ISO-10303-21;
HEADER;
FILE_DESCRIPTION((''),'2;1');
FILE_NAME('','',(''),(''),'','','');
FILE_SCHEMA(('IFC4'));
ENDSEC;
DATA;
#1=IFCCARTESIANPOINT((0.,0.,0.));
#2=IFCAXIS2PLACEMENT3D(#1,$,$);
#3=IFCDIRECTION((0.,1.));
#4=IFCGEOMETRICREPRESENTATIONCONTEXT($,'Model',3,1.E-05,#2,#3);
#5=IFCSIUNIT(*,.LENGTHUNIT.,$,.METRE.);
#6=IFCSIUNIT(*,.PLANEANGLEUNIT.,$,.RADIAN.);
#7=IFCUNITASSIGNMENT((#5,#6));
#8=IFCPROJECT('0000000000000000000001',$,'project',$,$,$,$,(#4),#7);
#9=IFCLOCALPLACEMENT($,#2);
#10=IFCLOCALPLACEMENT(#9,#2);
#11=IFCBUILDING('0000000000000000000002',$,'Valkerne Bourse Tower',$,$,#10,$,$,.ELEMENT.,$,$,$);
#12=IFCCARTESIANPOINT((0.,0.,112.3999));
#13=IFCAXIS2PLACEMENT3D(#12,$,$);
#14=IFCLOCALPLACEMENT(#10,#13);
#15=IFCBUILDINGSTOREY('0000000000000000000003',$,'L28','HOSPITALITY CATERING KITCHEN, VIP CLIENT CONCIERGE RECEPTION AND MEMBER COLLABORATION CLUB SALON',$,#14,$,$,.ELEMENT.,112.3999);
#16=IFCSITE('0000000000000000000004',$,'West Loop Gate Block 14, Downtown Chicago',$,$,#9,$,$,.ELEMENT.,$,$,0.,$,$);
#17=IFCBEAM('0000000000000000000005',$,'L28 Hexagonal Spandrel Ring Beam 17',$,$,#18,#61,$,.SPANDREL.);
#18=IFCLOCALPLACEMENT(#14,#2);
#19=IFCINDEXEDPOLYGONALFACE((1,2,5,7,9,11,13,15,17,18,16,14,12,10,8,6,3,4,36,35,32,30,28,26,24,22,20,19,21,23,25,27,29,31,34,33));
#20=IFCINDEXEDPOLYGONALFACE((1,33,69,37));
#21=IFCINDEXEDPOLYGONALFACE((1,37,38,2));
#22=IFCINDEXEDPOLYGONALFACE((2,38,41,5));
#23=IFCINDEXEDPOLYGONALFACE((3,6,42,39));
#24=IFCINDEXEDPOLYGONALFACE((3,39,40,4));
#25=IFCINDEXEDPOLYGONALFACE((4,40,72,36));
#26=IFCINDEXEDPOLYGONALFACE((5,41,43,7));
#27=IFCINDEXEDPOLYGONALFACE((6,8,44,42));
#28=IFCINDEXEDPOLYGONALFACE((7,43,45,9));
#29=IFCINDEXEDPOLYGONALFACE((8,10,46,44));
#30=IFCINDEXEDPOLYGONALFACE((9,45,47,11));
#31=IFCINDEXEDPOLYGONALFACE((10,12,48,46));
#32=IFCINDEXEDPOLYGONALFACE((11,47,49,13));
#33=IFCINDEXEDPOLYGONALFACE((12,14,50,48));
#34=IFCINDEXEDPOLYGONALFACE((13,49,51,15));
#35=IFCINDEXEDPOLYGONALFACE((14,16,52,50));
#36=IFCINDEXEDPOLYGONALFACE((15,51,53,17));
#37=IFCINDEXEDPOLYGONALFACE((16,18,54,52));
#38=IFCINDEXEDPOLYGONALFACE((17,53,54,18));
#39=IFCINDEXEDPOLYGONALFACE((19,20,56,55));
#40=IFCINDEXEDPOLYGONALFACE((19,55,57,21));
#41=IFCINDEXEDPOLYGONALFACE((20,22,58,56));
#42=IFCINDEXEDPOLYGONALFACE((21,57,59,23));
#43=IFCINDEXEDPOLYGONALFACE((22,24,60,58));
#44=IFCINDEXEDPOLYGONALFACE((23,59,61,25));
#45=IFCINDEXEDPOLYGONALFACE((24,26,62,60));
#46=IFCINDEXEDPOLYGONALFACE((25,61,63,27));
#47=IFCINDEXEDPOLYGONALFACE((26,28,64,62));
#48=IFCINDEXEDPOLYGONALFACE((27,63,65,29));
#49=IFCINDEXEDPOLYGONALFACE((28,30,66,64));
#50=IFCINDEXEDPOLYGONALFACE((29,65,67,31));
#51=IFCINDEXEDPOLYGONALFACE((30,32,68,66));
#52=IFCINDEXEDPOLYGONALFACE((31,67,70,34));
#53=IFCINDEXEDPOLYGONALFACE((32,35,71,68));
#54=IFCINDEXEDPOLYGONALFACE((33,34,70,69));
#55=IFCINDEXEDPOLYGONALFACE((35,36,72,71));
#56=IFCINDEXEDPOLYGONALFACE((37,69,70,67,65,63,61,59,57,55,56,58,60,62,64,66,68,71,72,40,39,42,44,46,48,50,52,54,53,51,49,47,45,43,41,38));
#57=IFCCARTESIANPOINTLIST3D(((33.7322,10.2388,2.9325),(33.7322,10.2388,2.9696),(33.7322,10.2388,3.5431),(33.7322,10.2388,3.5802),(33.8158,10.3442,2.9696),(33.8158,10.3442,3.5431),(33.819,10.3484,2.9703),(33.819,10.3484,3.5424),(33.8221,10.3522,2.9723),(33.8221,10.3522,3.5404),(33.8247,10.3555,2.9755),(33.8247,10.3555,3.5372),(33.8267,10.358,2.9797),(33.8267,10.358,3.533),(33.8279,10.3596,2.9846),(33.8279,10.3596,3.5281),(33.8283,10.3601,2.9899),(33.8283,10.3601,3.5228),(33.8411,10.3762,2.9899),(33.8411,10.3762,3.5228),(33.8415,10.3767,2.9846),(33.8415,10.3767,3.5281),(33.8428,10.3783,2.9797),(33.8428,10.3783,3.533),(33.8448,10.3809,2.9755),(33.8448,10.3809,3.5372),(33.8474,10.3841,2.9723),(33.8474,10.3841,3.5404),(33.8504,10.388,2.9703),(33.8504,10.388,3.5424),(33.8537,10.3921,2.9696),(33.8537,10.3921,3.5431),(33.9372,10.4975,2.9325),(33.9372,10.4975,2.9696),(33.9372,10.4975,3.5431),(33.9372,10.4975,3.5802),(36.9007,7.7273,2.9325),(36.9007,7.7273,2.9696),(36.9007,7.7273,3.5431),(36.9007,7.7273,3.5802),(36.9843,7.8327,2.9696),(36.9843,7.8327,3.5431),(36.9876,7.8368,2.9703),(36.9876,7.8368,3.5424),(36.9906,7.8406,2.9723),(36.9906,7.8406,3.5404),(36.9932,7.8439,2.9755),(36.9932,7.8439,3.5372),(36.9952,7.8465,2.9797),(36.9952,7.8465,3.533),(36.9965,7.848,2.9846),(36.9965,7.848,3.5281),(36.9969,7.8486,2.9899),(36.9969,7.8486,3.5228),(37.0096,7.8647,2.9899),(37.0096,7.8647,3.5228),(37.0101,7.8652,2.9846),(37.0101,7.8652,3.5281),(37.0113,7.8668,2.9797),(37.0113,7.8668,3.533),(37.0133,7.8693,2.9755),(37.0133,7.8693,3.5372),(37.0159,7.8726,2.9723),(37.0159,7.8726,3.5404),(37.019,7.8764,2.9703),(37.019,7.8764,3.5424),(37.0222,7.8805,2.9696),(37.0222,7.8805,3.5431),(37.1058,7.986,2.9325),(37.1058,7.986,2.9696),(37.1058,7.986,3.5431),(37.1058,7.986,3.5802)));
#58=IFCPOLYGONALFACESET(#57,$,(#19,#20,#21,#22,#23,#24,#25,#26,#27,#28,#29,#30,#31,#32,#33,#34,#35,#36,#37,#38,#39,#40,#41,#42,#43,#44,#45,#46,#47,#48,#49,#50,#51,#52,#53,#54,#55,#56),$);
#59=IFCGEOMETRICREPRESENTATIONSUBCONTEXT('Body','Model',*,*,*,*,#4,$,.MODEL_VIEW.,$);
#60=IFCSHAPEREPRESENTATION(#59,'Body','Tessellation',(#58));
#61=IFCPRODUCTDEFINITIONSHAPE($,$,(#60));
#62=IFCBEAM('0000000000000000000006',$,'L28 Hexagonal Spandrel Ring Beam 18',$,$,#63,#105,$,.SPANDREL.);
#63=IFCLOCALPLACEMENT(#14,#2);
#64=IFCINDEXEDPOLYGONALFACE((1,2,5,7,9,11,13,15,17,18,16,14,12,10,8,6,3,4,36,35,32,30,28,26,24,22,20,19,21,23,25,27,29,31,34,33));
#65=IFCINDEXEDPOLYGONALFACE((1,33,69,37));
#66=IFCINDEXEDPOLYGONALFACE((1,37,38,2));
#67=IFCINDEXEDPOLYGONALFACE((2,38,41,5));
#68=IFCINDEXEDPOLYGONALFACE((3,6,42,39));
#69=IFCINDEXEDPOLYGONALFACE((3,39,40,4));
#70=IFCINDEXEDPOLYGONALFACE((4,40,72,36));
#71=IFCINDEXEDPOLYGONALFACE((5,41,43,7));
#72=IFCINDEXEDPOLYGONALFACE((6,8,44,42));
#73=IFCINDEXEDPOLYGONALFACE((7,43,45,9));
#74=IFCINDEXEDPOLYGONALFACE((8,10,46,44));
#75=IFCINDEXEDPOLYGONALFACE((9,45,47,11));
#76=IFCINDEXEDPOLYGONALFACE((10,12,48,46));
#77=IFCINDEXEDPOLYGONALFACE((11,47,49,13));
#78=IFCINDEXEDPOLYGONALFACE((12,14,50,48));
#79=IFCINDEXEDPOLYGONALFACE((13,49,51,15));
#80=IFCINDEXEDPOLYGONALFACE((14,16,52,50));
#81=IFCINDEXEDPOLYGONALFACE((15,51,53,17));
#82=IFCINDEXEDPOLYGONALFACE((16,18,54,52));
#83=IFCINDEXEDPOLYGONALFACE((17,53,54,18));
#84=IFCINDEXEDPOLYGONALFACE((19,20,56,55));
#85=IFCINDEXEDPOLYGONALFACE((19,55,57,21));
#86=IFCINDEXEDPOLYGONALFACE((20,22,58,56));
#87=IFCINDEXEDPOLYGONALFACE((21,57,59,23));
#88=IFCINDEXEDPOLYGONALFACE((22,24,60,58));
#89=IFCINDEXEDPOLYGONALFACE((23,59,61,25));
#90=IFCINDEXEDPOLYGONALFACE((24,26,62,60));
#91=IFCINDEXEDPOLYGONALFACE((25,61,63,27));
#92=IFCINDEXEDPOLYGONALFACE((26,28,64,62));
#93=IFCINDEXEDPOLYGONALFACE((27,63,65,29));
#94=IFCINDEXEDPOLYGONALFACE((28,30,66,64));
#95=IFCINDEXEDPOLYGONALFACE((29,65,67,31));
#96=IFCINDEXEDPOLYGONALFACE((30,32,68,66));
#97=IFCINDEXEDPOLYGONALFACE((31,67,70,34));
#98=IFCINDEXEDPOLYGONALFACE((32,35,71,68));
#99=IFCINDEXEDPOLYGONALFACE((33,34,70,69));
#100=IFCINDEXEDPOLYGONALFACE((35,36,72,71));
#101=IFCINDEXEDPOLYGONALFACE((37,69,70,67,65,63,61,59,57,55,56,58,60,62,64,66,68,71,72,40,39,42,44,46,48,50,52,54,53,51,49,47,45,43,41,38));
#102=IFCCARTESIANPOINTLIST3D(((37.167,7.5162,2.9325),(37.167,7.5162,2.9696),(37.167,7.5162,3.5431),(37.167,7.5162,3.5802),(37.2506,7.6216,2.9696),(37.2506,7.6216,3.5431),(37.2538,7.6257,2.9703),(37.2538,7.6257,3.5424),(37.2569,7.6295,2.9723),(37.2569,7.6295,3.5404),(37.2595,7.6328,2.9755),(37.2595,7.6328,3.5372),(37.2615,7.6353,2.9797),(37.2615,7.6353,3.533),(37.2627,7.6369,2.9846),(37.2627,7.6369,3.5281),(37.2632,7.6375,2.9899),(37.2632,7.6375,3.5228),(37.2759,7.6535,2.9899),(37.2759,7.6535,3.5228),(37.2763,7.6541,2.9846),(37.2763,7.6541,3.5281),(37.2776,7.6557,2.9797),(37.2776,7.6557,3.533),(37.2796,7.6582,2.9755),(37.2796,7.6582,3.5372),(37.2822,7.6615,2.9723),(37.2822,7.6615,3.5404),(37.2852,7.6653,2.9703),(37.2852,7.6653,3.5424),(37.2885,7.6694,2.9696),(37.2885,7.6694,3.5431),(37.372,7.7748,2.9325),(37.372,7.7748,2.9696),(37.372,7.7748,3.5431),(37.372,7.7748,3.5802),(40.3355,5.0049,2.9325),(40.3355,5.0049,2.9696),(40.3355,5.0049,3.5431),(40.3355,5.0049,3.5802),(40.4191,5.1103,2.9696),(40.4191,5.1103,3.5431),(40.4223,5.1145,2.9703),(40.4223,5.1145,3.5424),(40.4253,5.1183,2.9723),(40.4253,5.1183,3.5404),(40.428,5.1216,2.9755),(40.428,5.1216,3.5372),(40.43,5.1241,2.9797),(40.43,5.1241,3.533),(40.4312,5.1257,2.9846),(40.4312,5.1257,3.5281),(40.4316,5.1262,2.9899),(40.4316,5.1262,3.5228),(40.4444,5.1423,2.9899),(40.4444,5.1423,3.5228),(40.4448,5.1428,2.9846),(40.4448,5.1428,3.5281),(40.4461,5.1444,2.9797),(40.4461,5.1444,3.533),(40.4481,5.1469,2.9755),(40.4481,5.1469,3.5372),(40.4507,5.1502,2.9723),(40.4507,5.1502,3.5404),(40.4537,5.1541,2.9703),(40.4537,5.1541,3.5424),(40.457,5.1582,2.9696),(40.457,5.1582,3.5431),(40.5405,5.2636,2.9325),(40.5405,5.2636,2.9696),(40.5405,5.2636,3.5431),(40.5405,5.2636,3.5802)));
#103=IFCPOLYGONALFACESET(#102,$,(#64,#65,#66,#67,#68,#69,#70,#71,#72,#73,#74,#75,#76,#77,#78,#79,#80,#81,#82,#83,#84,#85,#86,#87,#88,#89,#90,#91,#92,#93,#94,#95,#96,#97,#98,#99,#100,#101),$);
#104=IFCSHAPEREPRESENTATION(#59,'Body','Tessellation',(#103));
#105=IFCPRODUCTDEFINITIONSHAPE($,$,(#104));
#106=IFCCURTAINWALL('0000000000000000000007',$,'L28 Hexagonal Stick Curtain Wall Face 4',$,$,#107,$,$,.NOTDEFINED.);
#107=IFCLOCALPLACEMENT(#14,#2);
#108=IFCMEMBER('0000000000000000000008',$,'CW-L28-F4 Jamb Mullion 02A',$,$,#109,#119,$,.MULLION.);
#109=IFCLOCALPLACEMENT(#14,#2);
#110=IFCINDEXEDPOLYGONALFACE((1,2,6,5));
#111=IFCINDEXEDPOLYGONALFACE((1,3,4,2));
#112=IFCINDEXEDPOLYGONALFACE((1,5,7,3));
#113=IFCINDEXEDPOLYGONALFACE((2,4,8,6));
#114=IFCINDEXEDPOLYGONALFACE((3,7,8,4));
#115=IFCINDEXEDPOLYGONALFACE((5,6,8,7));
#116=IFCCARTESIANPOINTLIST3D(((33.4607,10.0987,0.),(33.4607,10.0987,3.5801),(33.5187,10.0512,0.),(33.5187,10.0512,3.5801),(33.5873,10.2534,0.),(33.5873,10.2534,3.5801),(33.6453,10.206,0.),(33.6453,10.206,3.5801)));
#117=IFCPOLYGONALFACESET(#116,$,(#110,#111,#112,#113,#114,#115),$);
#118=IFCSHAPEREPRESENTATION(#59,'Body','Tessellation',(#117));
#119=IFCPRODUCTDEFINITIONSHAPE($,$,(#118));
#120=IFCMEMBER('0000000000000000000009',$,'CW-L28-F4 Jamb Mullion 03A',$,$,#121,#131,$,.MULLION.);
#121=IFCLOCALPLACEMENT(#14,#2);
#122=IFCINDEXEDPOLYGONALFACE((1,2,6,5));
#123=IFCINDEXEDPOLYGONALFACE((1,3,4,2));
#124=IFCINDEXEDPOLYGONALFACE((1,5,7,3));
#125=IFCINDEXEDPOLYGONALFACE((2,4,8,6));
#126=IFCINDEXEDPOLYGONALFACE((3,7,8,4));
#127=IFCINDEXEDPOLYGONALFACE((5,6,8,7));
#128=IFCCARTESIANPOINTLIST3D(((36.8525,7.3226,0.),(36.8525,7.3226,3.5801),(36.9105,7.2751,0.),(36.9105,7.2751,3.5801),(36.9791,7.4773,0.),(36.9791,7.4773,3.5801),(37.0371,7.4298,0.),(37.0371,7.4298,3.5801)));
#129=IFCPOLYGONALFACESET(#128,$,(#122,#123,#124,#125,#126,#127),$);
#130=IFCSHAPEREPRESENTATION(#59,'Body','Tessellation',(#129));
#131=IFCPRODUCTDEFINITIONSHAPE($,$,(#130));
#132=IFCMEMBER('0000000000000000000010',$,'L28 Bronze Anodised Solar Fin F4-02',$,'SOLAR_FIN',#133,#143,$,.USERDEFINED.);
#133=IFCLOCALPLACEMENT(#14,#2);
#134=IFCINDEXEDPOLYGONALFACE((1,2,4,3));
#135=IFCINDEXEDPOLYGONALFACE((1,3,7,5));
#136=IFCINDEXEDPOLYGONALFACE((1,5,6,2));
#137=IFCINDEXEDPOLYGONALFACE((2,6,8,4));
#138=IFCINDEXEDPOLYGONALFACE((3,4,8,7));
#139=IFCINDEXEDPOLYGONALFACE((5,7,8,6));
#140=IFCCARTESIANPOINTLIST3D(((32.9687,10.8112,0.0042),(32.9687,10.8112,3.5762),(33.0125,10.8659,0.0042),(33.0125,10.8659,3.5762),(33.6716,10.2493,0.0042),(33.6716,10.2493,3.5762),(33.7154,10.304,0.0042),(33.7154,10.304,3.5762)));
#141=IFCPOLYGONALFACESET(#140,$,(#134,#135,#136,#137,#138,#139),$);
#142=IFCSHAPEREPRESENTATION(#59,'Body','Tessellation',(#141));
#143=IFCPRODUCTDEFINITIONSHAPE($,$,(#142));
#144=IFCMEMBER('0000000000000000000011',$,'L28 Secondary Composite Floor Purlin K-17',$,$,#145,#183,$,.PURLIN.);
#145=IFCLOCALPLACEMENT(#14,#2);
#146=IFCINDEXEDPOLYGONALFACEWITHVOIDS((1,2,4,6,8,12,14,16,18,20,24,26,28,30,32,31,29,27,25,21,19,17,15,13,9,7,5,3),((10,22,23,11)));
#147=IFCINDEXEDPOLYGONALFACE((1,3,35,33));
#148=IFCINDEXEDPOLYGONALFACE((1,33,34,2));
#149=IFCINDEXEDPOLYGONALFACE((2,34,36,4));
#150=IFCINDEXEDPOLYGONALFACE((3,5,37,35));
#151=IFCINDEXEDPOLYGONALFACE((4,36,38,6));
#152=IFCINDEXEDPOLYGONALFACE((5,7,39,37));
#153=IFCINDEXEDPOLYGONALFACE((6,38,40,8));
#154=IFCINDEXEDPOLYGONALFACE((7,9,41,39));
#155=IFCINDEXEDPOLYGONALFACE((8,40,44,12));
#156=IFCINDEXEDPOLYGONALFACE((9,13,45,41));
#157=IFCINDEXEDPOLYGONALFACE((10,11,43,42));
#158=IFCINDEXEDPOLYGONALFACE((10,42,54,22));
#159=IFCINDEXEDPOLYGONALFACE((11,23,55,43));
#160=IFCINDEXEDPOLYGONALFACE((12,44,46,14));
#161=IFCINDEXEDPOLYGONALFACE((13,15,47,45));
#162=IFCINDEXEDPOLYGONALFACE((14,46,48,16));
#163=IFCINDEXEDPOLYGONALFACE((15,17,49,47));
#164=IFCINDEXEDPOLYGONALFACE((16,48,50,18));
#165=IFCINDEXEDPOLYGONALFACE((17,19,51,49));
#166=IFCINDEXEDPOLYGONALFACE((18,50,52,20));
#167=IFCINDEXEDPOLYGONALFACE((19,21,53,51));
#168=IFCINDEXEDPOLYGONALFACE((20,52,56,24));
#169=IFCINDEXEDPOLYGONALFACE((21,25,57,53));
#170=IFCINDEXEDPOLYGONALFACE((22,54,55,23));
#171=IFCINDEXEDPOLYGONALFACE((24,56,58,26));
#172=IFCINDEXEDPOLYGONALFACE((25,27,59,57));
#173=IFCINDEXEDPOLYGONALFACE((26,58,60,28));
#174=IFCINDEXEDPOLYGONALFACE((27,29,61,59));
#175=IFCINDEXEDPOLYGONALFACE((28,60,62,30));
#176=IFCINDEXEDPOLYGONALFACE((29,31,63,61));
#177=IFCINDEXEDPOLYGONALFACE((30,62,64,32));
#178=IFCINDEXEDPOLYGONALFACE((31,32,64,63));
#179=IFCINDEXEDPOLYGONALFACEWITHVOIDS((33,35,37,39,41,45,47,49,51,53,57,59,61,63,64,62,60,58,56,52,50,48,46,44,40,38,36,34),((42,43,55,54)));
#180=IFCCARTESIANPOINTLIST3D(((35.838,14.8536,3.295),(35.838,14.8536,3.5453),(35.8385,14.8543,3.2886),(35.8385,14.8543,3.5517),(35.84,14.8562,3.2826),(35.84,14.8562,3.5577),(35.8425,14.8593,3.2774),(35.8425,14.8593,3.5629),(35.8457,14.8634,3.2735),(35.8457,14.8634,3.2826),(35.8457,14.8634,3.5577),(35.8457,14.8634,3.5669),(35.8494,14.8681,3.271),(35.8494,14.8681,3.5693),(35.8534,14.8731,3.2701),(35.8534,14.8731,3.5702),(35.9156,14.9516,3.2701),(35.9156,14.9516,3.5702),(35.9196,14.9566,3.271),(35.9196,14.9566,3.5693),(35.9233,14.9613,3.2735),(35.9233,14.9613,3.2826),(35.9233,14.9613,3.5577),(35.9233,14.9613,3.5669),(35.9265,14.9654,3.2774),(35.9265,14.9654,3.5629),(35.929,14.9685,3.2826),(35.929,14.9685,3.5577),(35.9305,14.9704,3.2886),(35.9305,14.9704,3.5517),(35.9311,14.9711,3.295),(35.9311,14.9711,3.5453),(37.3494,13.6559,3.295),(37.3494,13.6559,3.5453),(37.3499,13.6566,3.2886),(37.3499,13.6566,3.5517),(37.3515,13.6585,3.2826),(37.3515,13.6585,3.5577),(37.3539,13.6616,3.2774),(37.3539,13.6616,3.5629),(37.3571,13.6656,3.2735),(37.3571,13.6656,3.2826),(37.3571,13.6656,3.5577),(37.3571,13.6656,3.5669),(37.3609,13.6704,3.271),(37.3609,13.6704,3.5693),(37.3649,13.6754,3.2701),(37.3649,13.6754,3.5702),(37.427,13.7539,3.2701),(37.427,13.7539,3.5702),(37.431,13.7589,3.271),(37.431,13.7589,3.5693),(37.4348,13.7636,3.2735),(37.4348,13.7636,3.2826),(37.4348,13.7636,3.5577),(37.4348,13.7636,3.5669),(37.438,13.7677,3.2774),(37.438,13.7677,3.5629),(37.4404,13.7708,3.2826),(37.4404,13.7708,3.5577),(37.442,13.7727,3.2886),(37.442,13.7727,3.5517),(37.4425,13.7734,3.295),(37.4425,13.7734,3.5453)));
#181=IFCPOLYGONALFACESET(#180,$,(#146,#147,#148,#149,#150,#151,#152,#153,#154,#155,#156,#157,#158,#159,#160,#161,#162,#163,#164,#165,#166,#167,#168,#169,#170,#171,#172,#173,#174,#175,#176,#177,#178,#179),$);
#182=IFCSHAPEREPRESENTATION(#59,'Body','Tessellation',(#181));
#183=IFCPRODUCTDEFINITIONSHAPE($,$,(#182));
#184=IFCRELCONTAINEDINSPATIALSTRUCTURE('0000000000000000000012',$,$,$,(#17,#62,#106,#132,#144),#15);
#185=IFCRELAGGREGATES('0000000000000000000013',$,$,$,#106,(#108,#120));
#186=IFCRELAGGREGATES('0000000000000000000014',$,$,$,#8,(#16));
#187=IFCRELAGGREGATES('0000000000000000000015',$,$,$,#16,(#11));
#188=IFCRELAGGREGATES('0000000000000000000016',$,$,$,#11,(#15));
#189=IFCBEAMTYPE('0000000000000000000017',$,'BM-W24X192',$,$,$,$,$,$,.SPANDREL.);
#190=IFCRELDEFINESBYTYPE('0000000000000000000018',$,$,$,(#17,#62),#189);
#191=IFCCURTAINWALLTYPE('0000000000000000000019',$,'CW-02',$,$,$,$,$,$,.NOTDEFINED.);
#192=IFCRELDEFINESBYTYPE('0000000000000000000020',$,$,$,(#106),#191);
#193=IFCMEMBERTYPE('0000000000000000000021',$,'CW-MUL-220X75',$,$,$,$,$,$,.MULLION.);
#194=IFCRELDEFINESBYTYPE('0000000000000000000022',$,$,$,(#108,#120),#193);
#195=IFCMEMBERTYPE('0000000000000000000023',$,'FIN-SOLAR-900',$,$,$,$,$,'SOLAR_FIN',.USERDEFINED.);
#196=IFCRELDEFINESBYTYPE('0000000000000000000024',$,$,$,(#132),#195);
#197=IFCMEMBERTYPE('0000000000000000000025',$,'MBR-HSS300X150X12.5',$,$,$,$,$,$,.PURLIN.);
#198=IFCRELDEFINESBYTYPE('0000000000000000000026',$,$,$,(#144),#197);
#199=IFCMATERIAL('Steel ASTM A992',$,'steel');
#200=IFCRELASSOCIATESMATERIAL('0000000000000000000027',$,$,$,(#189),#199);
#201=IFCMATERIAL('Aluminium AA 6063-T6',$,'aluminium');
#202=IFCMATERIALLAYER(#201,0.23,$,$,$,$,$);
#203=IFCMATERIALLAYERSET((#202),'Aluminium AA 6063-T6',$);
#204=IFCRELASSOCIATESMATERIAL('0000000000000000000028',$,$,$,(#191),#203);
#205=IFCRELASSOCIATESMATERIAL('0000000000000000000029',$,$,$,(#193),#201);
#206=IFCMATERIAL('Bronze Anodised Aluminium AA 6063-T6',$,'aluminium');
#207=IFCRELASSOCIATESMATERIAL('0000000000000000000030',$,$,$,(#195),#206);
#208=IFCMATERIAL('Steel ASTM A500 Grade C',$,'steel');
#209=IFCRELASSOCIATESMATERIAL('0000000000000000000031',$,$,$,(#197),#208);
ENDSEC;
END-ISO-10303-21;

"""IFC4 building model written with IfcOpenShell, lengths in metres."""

from ifc_helpers import new_model, si_unit, direction, frame, origin, origin_2d, place, context, subcontext, project, spatial, rectangle, hollow_rectangle, i_section, extrude, material, layer, layer_set, material_profile, profile_set, type_object, element, aggregate, save


model = new_model("IFC4")

# Units and contexts
model_context = context("Model", 3, precision=1e-05, world=origin(), true_north=direction((0.0, 1.0)))
body_context = subcontext(model_context, "Body", "Model", "MODEL_VIEW")
ifc_project = project(units=[si_unit("LENGTHUNIT", "METRE"), si_unit("PLANEANGLEUNIT", "RADIAN")], contexts=[model_context])

# Site, building, storey
site_placement = place(None, origin())
site = spatial("IfcSite", under=ifc_project, at=site_placement, Name="West Loop Gate Block 14, Downtown Chicago", CompositionType="ELEMENT", RefElevation=0.0)
building_placement = place(site_placement, origin())
building = spatial("IfcBuilding", under=site, at=building_placement, Name="Valkerne Bourse Tower", CompositionType="ELEMENT")
storey_placement = place(building_placement, frame((0.0, 0.0, 112.3999)))
storey = spatial("IfcBuildingStorey", under=building, at=storey_placement, Name="L28", Description="HOSPITALITY CATERING KITCHEN, VIP CLIENT CONCIERGE RECEPTION AND MEMBER COLLABORATION CLUB SALON", CompositionType="ELEMENT", Elevation=112.3999)

# Beams
ifc_material_1 = material(Name="Steel ASTM A992", Category="steel")
ifc_material_profile_1 = material_profile(ifc_material_1, i_section(OverallWidth=0.3301, OverallDepth=0.6477, WebThickness=0.0205, FlangeThickness=0.0371, FilletRadius=0.0203, at=origin_2d()), Name="W24X192")
ifc_profile_set_1 = profile_set([ifc_material_profile_1], Name="Steel ASTM A992")
beam_type_1 = type_object("IfcBeamType", Name="BM-W24X192", PredefinedType="SPANDREL", material=ifc_profile_set_1)
beam_1_placement = place(storey_placement, frame((33.8347, 10.3682, 3.2563), z_axis=(0.783671, -0.621176, 0.0), x_axis=(0.621176, 0.783671, 0.0)))
element("IfcBeam", 1, at=beam_1_placement, inside=storey, type_object=beam_type_1, Name="L28 Hexagonal Spandrel Ring Beam 17", PredefinedType="SPANDREL", context=body_context, shape_type="SweptSolid", body=[
    extrude(i_section(OverallWidth=0.3301, OverallDepth=0.6477, WebThickness=0.0205, FlangeThickness=0.0371, FilletRadius=0.0203, at=origin_2d()), origin(), (0.0, 0.0, 1.0), 4.0432),
])
beam_2_placement = place(storey_placement, frame((37.2695, 7.6455, 3.2563), z_axis=(0.7837, -0.621139, 0.0), x_axis=(0.621139, 0.7837, 0.0)))
element("IfcBeam", 2, at=beam_2_placement, inside=storey, type_object=beam_type_1, Name="L28 Hexagonal Spandrel Ring Beam 18", PredefinedType="SPANDREL", context=body_context, shape_type="SweptSolid", body=[
    extrude(i_section(OverallWidth=0.3301, OverallDepth=0.6477, WebThickness=0.0205, FlangeThickness=0.0371, FilletRadius=0.0203, at=origin_2d()), origin(), (0.0, 0.0, 1.0), 4.043),
])

# Curtain wall, members
ifc_material_2 = material(Name="Aluminium AA 6063-T6", Category="aluminium")
ifc_layer_1 = layer(ifc_material_2, 0.23)
ifc_layer_set_1 = layer_set([ifc_layer_1], Name="Aluminium AA 6063-T6")
curtain_wall_type = type_object("IfcCurtainWallType", Name="CW-02", PredefinedType="NOTDEFINED", material=ifc_layer_set_1)
curtain_wall_placement = place(storey_placement, origin())
curtain_wall = element("IfcCurtainWall", 3, at=curtain_wall_placement, inside=storey, type_object=curtain_wall_type, Name="L28 Hexagonal Stick Curtain Wall Face 4", PredefinedType="NOTDEFINED")
ifc_material_profile_2 = material_profile(ifc_material_2, rectangle(XDim=0.075, YDim=0.2, at=origin_2d()), Name="CWM-75X200")
ifc_profile_set_2 = profile_set([ifc_material_profile_2], Name="Aluminium AA 6063-T6")
member_type_1 = type_object("IfcMemberType", Name="CW-MUL-220X75", PredefinedType="MULLION", material=ifc_profile_set_2)
member_1_placement = place(storey_placement, frame((33.553, 10.1523, 0.0), z_axis=(0.0, 0.0, 1.0), x_axis=(0.773846, -0.633373, 0.0)))
member_1 = element("IfcMember", 4, at=member_1_placement, type_object=member_type_1, Name="CW-L28-F4 Jamb Mullion 02A", PredefinedType="MULLION", context=body_context, shape_type="SweptSolid", body=[
    extrude(rectangle(XDim=0.075, YDim=0.2, at=origin_2d()), origin(), (0.0, 0.0, 1.0), 3.5801),
])
member_2_placement = place(storey_placement, frame((36.9448, 7.3762, 0.0), z_axis=(0.0, 0.0, 1.0), x_axis=(0.773837, -0.633384, 0.0)))
member_2 = element("IfcMember", 5, at=member_2_placement, type_object=member_type_1, Name="CW-L28-F4 Jamb Mullion 03A", PredefinedType="MULLION", context=body_context, shape_type="SweptSolid", body=[
    extrude(rectangle(XDim=0.075, YDim=0.2, at=origin_2d()), origin(), (0.0, 0.0, 1.0), 3.5801),
])

# Members
ifc_material_3 = material(Name="Bronze Anodised Aluminium AA 6063-T6", Category="aluminium")
ifc_material_profile_3 = material_profile(ifc_material_3, rectangle(XDim=0.0701, YDim=0.8999, at=origin_2d()), Name="FIN-70X900")
ifc_profile_set_3 = profile_set([ifc_material_profile_3], Name="Bronze Anodised Aluminium AA 6063-T6")
member_type_2 = type_object("IfcMemberType", Name="FIN-SOLAR-900", ElementType="SOLAR_FIN", PredefinedType="USERDEFINED", material=ifc_profile_set_3)
member_3_placement = place(storey_placement, frame((33.342, 10.5576, 0.0042), z_axis=(0.0, 0.0, 1.0), x_axis=(-0.624422, -0.781087, 0.0)))
element("IfcMember", 6, at=member_3_placement, inside=storey, type_object=member_type_2, Name="L28 Bronze Anodised Solar Fin F4-02", ObjectType="SOLAR_FIN", PredefinedType="USERDEFINED", context=body_context, shape_type="SweptSolid", body=[
    extrude(rectangle(XDim=0.0701, YDim=0.8999, at=origin_2d()), origin(), (0.0, 0.0, 1.0), 3.572),
])
ifc_material_4 = material(Name="Steel ASTM A500 Grade C", Category="steel")
ifc_material_profile_4 = material_profile(ifc_material_4, hollow_rectangle(XDim=0.1499, YDim=0.3, WallThickness=0.0125, OuterFilletRadius=0.0249, at=origin_2d()), Name="HSS300X150X12.5")
ifc_profile_set_4 = profile_set([ifc_material_profile_4], Name="Steel ASTM A500 Grade C")
member_type_3 = type_object("IfcMemberType", Name="MBR-HSS300X150X12.5", PredefinedType="PURLIN", material=ifc_profile_set_4)
member_4_placement = place(storey_placement, frame((35.8845, 14.9124, 3.4202), z_axis=(0.783751, -0.621076, 0.0), x_axis=(0.621076, 0.783751, 0.0)))
element("IfcMember", 7, at=member_4_placement, inside=storey, type_object=member_type_3, Name="L28 Secondary Composite Floor Purlin K-17", PredefinedType="PURLIN", context=body_context, shape_type="SweptSolid", body=[
    extrude(hollow_rectangle(XDim=0.1499, YDim=0.3, WallThickness=0.0125, OuterFilletRadius=0.0249, at=origin_2d()), origin(), (0.0, 0.0, 1.0), 1.9285),
])

aggregate(curtain_wall, [member_1, member_2])

save(model, "model.ifc")
